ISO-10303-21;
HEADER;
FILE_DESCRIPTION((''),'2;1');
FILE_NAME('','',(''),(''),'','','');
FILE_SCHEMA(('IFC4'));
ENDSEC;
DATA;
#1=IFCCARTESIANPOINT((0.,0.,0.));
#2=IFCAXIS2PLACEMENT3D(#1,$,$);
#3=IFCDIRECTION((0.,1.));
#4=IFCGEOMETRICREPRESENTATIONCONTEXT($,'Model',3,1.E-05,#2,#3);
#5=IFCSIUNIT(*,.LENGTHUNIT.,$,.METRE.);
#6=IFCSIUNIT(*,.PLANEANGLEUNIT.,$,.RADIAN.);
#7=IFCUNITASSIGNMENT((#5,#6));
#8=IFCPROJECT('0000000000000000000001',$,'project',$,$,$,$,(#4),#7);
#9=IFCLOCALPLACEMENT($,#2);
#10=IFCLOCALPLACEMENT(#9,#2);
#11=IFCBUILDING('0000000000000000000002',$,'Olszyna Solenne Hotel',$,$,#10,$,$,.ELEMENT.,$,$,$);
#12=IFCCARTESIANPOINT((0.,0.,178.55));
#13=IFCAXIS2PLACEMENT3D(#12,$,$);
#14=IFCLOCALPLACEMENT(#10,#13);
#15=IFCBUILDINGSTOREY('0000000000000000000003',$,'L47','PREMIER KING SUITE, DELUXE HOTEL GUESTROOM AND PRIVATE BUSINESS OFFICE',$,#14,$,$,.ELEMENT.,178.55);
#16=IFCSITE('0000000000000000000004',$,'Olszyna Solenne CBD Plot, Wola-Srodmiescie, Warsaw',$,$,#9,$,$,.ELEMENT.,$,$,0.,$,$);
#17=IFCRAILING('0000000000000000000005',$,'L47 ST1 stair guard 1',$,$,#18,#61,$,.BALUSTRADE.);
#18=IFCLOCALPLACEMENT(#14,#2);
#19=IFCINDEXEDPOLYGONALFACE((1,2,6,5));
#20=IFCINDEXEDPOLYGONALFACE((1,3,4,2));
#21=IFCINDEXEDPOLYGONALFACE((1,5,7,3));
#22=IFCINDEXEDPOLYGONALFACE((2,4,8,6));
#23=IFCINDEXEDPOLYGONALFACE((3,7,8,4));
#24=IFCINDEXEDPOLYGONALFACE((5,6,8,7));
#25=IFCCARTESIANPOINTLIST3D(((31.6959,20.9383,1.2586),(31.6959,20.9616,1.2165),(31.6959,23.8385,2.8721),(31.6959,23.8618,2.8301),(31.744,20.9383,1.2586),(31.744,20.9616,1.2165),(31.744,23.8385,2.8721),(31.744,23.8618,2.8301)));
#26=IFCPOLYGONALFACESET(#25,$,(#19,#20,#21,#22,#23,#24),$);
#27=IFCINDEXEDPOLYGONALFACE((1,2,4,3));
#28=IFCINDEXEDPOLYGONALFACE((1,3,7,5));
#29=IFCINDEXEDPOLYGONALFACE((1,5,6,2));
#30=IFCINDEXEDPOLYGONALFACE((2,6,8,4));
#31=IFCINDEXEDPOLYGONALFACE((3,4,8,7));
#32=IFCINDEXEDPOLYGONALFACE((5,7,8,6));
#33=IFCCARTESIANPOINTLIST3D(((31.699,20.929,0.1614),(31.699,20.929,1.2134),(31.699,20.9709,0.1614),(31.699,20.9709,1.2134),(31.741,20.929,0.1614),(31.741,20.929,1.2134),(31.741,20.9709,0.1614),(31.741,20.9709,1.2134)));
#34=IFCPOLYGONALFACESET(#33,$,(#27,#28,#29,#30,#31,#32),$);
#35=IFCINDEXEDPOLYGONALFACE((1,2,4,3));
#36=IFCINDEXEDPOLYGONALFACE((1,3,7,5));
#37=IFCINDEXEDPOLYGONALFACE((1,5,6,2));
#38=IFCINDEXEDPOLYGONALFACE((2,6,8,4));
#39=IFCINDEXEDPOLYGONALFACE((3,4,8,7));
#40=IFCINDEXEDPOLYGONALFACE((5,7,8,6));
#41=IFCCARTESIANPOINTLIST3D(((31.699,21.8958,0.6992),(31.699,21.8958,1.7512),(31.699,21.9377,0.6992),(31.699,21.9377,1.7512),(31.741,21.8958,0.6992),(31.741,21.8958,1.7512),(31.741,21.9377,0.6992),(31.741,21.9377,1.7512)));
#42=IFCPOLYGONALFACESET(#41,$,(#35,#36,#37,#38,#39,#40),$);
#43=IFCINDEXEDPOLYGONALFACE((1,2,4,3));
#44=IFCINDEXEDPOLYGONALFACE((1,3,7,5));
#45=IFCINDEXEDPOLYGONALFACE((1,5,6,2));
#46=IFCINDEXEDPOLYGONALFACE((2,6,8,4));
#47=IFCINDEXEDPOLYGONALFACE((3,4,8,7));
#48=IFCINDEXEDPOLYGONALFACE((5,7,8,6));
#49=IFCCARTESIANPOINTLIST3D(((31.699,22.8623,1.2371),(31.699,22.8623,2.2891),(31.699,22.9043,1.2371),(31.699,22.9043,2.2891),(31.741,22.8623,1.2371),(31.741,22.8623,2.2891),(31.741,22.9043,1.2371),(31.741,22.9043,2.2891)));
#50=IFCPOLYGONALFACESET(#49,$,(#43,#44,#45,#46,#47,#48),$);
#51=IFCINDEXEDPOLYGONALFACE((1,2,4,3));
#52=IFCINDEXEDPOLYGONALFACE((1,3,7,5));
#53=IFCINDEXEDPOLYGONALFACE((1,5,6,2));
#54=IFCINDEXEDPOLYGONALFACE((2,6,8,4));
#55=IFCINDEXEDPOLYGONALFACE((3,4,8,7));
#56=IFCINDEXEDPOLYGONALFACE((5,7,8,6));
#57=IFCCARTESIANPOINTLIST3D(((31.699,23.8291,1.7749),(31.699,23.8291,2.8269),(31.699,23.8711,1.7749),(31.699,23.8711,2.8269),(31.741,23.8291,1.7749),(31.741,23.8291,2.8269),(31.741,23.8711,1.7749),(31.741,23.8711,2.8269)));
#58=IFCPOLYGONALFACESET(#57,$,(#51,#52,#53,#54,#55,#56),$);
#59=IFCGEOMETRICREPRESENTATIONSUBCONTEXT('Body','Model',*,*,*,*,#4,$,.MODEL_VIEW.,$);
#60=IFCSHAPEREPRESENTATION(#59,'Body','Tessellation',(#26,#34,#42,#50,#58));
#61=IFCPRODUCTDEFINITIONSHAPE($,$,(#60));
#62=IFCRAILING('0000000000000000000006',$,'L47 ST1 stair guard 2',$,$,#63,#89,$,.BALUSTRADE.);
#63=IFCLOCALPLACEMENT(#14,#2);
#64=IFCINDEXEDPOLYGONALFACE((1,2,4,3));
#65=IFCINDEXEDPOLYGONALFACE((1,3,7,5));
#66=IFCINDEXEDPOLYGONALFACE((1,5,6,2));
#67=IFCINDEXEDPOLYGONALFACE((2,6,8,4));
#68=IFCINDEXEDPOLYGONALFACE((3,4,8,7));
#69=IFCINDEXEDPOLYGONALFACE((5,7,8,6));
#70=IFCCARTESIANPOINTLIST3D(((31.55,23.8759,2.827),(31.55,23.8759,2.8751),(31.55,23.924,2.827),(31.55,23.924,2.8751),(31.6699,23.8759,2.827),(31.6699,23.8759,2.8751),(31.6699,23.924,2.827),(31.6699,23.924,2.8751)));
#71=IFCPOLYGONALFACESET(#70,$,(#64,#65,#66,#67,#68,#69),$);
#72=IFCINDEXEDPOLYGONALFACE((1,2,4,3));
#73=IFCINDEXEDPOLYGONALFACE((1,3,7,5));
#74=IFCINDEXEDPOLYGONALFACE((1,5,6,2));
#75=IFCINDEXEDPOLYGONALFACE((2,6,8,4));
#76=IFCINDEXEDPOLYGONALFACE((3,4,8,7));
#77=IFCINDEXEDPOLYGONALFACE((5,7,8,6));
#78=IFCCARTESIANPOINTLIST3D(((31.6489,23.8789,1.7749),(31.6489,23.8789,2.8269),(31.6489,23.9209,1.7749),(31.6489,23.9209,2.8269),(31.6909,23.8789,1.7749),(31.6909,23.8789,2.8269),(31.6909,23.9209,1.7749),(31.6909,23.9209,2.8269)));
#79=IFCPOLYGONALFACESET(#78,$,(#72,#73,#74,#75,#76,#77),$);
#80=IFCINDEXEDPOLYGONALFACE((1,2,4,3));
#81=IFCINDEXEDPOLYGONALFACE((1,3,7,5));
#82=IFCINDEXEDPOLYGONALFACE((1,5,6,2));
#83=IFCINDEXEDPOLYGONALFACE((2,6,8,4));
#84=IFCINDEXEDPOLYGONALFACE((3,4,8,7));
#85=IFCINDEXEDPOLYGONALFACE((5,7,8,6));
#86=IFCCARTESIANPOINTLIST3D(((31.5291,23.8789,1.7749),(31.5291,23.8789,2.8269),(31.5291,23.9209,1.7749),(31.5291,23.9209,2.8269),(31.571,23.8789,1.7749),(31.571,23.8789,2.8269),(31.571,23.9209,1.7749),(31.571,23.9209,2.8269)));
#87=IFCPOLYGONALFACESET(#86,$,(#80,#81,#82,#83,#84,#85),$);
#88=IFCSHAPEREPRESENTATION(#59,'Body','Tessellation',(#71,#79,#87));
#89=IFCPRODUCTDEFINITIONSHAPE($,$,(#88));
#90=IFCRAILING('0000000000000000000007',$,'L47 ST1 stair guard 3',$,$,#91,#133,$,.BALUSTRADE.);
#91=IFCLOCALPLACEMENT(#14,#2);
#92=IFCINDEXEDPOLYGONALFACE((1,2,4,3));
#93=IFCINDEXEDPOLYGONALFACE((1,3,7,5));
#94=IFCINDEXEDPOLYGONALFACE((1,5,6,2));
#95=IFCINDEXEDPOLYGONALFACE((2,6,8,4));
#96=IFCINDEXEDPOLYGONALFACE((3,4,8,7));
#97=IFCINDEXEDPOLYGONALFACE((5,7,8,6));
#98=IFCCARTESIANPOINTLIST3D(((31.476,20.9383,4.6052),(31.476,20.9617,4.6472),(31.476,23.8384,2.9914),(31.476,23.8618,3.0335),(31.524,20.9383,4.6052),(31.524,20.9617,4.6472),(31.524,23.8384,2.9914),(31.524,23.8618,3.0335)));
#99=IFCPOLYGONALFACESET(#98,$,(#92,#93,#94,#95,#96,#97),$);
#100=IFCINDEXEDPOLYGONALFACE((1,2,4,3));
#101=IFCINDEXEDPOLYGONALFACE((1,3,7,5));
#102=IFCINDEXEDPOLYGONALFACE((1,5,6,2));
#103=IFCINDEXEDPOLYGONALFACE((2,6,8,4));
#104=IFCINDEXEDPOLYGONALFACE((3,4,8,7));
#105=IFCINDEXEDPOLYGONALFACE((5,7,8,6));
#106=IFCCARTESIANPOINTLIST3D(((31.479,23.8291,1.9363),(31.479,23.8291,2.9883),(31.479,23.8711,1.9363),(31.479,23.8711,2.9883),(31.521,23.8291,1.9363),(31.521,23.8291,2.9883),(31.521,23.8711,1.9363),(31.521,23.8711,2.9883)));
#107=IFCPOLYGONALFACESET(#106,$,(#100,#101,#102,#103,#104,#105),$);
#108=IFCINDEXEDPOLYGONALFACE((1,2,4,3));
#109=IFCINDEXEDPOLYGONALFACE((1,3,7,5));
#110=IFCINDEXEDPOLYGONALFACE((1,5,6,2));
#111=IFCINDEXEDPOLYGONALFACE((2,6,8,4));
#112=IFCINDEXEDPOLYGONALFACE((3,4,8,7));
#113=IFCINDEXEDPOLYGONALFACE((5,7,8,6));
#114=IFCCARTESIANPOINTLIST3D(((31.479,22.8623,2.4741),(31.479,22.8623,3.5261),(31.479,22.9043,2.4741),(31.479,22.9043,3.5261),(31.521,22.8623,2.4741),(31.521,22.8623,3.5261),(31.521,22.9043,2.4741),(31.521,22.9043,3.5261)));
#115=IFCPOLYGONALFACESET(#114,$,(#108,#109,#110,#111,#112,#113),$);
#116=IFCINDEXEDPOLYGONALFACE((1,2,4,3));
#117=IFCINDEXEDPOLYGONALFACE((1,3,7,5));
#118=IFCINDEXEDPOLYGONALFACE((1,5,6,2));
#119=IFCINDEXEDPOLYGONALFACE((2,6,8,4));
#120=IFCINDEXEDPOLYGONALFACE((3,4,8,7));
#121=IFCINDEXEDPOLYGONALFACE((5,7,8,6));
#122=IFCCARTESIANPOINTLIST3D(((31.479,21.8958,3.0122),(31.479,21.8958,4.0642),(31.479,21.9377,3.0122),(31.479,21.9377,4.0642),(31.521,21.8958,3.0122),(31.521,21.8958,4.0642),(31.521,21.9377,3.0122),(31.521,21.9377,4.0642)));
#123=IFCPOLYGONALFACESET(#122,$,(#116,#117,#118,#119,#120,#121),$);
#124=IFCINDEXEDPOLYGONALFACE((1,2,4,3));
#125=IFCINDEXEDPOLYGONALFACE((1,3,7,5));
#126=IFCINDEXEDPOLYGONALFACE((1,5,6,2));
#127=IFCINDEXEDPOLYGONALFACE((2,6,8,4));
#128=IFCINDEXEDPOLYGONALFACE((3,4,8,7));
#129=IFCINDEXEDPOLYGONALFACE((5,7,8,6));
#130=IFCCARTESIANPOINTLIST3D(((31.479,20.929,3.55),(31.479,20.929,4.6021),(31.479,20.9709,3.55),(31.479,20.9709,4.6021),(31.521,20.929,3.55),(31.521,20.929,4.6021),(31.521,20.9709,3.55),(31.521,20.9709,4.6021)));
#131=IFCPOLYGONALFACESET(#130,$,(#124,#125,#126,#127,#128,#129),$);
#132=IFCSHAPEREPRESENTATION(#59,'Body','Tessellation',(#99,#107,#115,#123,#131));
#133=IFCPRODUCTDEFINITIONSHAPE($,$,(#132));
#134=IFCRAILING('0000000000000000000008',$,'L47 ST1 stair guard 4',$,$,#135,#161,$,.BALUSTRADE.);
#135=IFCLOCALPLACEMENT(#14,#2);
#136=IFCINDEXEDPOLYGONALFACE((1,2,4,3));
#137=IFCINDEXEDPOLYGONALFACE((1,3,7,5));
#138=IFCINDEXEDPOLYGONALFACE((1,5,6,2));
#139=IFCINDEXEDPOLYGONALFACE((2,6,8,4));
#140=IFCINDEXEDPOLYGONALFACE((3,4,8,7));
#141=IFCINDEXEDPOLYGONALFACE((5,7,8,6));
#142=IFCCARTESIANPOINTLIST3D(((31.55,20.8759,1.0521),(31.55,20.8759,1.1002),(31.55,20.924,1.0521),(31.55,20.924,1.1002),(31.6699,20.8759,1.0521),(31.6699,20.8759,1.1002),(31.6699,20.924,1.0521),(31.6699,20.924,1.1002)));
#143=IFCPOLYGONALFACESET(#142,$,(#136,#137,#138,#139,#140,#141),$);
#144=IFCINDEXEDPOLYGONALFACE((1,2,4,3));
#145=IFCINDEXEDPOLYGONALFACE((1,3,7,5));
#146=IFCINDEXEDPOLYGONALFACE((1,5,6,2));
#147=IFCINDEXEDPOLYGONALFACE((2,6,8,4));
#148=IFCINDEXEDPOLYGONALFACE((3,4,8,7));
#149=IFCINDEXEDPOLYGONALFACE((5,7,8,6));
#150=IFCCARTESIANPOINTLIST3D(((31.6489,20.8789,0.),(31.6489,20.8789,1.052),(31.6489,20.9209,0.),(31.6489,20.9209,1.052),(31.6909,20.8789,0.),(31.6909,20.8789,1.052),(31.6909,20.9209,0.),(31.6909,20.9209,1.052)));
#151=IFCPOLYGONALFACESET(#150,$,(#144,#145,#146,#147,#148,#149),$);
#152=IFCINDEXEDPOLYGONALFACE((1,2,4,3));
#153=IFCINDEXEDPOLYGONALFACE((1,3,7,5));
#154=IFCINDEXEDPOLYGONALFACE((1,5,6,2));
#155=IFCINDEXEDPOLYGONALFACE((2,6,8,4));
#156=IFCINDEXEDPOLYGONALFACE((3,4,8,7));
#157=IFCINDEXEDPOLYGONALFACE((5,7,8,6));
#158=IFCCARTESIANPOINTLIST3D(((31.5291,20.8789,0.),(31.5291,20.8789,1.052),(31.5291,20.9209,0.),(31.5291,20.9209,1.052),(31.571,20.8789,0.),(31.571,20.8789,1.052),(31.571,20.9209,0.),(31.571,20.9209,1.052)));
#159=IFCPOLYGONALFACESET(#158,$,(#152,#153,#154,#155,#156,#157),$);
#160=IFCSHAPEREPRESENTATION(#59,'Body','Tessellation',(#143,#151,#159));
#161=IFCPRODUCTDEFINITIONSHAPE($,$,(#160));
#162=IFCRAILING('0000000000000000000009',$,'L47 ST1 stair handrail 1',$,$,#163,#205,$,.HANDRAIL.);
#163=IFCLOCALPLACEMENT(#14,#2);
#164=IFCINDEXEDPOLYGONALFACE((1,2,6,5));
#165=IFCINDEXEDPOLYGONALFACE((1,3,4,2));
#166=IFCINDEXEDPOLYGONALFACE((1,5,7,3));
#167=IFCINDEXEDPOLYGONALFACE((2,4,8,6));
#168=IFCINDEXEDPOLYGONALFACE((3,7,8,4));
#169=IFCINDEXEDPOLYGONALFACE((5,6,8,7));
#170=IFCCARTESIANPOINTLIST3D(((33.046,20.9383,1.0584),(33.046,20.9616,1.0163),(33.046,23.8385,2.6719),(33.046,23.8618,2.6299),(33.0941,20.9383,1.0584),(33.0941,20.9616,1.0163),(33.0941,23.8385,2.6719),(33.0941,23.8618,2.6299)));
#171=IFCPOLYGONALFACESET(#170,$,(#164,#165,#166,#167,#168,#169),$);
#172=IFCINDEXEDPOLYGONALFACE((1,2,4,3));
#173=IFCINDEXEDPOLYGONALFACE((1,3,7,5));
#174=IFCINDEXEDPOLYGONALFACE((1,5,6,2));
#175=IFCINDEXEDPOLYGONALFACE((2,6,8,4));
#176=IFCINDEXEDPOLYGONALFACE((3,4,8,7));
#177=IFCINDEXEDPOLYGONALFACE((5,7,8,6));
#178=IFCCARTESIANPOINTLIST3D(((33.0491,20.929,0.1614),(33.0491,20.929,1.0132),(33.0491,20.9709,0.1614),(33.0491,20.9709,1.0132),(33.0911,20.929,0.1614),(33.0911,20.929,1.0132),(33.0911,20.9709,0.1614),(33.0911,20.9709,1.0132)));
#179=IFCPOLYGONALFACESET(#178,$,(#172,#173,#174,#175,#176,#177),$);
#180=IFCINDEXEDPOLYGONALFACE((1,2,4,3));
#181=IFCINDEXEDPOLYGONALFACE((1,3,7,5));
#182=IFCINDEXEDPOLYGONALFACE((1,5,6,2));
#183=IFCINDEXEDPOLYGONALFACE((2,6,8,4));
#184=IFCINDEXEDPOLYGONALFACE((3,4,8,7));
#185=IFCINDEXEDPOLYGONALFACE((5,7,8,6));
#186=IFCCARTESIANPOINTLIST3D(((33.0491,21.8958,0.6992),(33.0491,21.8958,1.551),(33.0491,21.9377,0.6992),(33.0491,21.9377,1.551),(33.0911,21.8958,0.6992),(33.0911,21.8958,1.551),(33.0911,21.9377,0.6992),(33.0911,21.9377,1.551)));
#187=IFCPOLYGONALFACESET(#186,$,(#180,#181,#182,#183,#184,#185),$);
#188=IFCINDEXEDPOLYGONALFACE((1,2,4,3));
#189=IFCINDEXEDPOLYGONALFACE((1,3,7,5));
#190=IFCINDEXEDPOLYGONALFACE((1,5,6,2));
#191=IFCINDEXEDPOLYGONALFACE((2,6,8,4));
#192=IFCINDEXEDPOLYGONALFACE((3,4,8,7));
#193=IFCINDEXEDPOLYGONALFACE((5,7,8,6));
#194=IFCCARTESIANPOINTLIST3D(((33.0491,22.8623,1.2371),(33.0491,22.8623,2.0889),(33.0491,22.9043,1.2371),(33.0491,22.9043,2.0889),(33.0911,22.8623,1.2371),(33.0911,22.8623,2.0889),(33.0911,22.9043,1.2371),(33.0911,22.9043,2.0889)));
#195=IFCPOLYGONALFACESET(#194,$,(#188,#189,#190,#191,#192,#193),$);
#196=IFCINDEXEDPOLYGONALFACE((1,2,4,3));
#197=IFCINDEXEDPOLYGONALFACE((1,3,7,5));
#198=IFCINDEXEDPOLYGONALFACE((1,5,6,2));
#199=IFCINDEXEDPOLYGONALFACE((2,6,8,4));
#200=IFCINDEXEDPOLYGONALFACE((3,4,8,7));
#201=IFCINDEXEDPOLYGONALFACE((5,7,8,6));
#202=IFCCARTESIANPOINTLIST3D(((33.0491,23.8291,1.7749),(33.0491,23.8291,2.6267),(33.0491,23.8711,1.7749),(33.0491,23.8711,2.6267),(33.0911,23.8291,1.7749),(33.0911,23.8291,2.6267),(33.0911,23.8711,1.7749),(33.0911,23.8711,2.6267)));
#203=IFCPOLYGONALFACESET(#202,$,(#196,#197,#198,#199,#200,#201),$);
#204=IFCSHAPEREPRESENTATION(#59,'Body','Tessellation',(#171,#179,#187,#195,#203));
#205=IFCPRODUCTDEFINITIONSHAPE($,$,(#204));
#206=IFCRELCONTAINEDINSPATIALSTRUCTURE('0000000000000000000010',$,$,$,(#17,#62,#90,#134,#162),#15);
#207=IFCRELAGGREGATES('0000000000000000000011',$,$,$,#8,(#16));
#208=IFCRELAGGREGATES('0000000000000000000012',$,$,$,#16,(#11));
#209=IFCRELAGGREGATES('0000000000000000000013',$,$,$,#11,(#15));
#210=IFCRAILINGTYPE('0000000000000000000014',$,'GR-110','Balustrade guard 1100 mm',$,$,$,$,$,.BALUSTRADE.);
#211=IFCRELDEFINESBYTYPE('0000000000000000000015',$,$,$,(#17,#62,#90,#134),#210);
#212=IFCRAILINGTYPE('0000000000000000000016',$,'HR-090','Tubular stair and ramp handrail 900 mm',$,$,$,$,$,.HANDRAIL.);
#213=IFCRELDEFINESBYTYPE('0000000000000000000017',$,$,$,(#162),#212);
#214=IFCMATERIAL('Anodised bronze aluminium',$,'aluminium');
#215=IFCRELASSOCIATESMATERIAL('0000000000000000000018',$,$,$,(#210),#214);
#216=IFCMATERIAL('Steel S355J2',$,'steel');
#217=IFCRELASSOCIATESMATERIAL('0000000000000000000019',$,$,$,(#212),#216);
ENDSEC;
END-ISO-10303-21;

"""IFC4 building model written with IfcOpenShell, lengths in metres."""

from ifc_helpers import new_model, si_unit, direction, frame, origin, origin_2d, place, context, subcontext, project, spatial, rectangle, extrude, material, type_object, element, save


model = new_model("IFC4")

# Units and contexts
model_context = context("Model", 3, precision=1e-05, world=origin(), true_north=direction((0.0, 1.0)))
body_context = subcontext(model_context, "Body", "Model", "MODEL_VIEW")
ifc_project = project(units=[si_unit("LENGTHUNIT", "METRE"), si_unit("PLANEANGLEUNIT", "RADIAN")], contexts=[model_context])

# Site, building, storey
site_placement = place(None, origin())
site = spatial("IfcSite", under=ifc_project, at=site_placement, Name="Olszyna Solenne CBD Plot, Wola-Srodmiescie, Warsaw", CompositionType="ELEMENT", RefElevation=0.0)
building_placement = place(site_placement, origin())
building = spatial("IfcBuilding", under=site, at=building_placement, Name="Olszyna Solenne Hotel", CompositionType="ELEMENT")
storey_placement = place(building_placement, frame((0.0, 0.0, 178.55)))
storey = spatial("IfcBuildingStorey", under=building, at=storey_placement, Name="L47", Description="PREMIER KING SUITE, DELUXE HOTEL GUESTROOM AND PRIVATE BUSINESS OFFICE", CompositionType="ELEMENT", Elevation=178.55)

# Shared definitions
ifc_material_1 = material(Name="Steel S355J2", Category="steel")

# Railings
ifc_material_2 = material(Name="Anodised bronze aluminium", Category="aluminium")
railing_type_1 = type_object("IfcRailingType", Name="GR-110", Description="Balustrade guard 1100 mm", PredefinedType="BALUSTRADE", material=ifc_material_2)
railing_1_placement = place(storey_placement, frame((31.72, 20.95, 0.1614)))
element("IfcRailing", 1, at=railing_1_placement, inside=storey, type_object=railing_type_1, Name="L47 ST1 stair guard 1", PredefinedType="BALUSTRADE", context=body_context, shape_type="SweptSolid", body=[
    extrude(rectangle(XDim=0.0481, YDim=0.0481, at=origin_2d()), frame((0.0, 0.0, 1.0762), z_axis=(0.0, 0.873859, 0.48618), x_axis=(-1.0, 0.0, 0.0)), (0.0, 0.0, 1.0), 3.3188),
    extrude(rectangle(XDim=0.042, YDim=0.042, at=origin_2d()), origin(), (0.0, 0.0, 1.0), 1.052),
    extrude(rectangle(XDim=0.042, YDim=0.042, at=origin_2d()), frame((0.0, 0.9668, 0.5378)), (0.0, 0.0, 1.0), 1.052),
    extrude(rectangle(XDim=0.042, YDim=0.042, at=origin_2d()), frame((0.0, 1.9333, 1.0757)), (0.0, 0.0, 1.0), 1.052),
    extrude(rectangle(XDim=0.042, YDim=0.042, at=origin_2d()), frame((0.0, 2.9001, 1.6135)), (0.0, 0.0, 1.0), 1.052),
])
railing_2_placement = place(storey_placement, frame((31.6699, 23.8999, 1.7749)))
element("IfcRailing", 2, at=railing_2_placement, inside=storey, type_object=railing_type_1, Name="L47 ST1 stair guard 2", PredefinedType="BALUSTRADE", context=body_context, shape_type="SweptSolid", body=[
    extrude(rectangle(XDim=0.0481, YDim=0.0481, at=origin_2d()), frame((0.0, 0.0, 1.0762), z_axis=(-1.0, 0.0, 0.0), x_axis=(0.0, -1.0, 0.0)), (0.0, 0.0, 1.0), 0.1199),
    extrude(rectangle(XDim=0.042, YDim=0.042, at=origin_2d()), origin(), (0.0, 0.0, 1.0), 1.052),
    extrude(rectangle(XDim=0.042, YDim=0.042, at=origin_2d()), frame((-0.1199, 0.0, 0.0)), (0.0, 0.0, 1.0), 1.052),
])
railing_3_placement = place(storey_placement, frame((31.5, 23.8501, 1.9363)))
element("IfcRailing", 3, at=railing_3_placement, inside=storey, type_object=railing_type_1, Name="L47 ST1 stair guard 3", PredefinedType="BALUSTRADE", context=body_context, shape_type="SweptSolid", body=[
    extrude(rectangle(XDim=0.0481, YDim=0.0481, at=origin_2d()), frame((0.0, 0.0, 1.0762), z_axis=(0.0, -0.873827, 0.486236), x_axis=(1.0, 0.0, 0.0)), (0.0, 0.0, 1.0), 3.3188),
    extrude(rectangle(XDim=0.042, YDim=0.042, at=origin_2d()), origin(), (0.0, 0.0, 1.0), 1.052),
    extrude(rectangle(XDim=0.042, YDim=0.042, at=origin_2d()), frame((0.0, -0.9668, 0.5378)), (0.0, 0.0, 1.0), 1.052),
    extrude(rectangle(XDim=0.042, YDim=0.042, at=origin_2d()), frame((0.0, -1.9333, 1.0759)), (0.0, 0.0, 1.0), 1.052),
    extrude(rectangle(XDim=0.042, YDim=0.042, at=origin_2d()), frame((0.0, -2.9001, 1.6138)), (0.0, 0.0, 1.0), 1.052),
])
railing_4_placement = place(storey_placement, frame((31.6699, 20.8999, 0.0)))
element("IfcRailing", 4, at=railing_4_placement, inside=storey, type_object=railing_type_1, Name="L47 ST1 stair guard 4", PredefinedType="BALUSTRADE", context=body_context, shape_type="SweptSolid", body=[
    extrude(rectangle(XDim=0.0481, YDim=0.0481, at=origin_2d()), frame((0.0, 0.0, 1.0762), z_axis=(-1.0, 0.0, 0.0), x_axis=(0.0, -1.0, 0.0)), (0.0, 0.0, 1.0), 0.1199),
    extrude(rectangle(XDim=0.042, YDim=0.042, at=origin_2d()), origin(), (0.0, 0.0, 1.0), 1.052),
    extrude(rectangle(XDim=0.042, YDim=0.042, at=origin_2d()), frame((-0.1199, 0.0, 0.0)), (0.0, 0.0, 1.0), 1.052),
])
railing_type_2 = type_object("IfcRailingType", Name="HR-090", Description="Tubular stair and ramp handrail 900 mm", PredefinedType="HANDRAIL", material=ifc_material_1)
railing_5_placement = place(storey_placement, frame((33.0701, 20.95, 0.1614)))
element("IfcRailing", 5, at=railing_5_placement, inside=storey, type_object=railing_type_2, Name="L47 ST1 stair handrail 1", PredefinedType="HANDRAIL", context=body_context, shape_type="SweptSolid", body=[
    extrude(rectangle(XDim=0.0481, YDim=0.0481, at=origin_2d()), frame((0.0, 0.0, 0.876), z_axis=(0.0, 0.873859, 0.48618), x_axis=(-1.0, 0.0, 0.0)), (0.0, 0.0, 1.0), 3.3188),
    extrude(rectangle(XDim=0.042, YDim=0.042, at=origin_2d()), origin(), (0.0, 0.0, 1.0), 0.8518),
    extrude(rectangle(XDim=0.042, YDim=0.042, at=origin_2d()), frame((0.0, 0.9668, 0.5378)), (0.0, 0.0, 1.0), 0.8518),
    extrude(rectangle(XDim=0.042, YDim=0.042, at=origin_2d()), frame((0.0, 1.9333, 1.0757)), (0.0, 0.0, 1.0), 0.8518),
    extrude(rectangle(XDim=0.042, YDim=0.042, at=origin_2d()), frame((0.0, 2.9001, 1.6135)), (0.0, 0.0, 1.0), 0.8518),
])

save(model, "model.ifc")
